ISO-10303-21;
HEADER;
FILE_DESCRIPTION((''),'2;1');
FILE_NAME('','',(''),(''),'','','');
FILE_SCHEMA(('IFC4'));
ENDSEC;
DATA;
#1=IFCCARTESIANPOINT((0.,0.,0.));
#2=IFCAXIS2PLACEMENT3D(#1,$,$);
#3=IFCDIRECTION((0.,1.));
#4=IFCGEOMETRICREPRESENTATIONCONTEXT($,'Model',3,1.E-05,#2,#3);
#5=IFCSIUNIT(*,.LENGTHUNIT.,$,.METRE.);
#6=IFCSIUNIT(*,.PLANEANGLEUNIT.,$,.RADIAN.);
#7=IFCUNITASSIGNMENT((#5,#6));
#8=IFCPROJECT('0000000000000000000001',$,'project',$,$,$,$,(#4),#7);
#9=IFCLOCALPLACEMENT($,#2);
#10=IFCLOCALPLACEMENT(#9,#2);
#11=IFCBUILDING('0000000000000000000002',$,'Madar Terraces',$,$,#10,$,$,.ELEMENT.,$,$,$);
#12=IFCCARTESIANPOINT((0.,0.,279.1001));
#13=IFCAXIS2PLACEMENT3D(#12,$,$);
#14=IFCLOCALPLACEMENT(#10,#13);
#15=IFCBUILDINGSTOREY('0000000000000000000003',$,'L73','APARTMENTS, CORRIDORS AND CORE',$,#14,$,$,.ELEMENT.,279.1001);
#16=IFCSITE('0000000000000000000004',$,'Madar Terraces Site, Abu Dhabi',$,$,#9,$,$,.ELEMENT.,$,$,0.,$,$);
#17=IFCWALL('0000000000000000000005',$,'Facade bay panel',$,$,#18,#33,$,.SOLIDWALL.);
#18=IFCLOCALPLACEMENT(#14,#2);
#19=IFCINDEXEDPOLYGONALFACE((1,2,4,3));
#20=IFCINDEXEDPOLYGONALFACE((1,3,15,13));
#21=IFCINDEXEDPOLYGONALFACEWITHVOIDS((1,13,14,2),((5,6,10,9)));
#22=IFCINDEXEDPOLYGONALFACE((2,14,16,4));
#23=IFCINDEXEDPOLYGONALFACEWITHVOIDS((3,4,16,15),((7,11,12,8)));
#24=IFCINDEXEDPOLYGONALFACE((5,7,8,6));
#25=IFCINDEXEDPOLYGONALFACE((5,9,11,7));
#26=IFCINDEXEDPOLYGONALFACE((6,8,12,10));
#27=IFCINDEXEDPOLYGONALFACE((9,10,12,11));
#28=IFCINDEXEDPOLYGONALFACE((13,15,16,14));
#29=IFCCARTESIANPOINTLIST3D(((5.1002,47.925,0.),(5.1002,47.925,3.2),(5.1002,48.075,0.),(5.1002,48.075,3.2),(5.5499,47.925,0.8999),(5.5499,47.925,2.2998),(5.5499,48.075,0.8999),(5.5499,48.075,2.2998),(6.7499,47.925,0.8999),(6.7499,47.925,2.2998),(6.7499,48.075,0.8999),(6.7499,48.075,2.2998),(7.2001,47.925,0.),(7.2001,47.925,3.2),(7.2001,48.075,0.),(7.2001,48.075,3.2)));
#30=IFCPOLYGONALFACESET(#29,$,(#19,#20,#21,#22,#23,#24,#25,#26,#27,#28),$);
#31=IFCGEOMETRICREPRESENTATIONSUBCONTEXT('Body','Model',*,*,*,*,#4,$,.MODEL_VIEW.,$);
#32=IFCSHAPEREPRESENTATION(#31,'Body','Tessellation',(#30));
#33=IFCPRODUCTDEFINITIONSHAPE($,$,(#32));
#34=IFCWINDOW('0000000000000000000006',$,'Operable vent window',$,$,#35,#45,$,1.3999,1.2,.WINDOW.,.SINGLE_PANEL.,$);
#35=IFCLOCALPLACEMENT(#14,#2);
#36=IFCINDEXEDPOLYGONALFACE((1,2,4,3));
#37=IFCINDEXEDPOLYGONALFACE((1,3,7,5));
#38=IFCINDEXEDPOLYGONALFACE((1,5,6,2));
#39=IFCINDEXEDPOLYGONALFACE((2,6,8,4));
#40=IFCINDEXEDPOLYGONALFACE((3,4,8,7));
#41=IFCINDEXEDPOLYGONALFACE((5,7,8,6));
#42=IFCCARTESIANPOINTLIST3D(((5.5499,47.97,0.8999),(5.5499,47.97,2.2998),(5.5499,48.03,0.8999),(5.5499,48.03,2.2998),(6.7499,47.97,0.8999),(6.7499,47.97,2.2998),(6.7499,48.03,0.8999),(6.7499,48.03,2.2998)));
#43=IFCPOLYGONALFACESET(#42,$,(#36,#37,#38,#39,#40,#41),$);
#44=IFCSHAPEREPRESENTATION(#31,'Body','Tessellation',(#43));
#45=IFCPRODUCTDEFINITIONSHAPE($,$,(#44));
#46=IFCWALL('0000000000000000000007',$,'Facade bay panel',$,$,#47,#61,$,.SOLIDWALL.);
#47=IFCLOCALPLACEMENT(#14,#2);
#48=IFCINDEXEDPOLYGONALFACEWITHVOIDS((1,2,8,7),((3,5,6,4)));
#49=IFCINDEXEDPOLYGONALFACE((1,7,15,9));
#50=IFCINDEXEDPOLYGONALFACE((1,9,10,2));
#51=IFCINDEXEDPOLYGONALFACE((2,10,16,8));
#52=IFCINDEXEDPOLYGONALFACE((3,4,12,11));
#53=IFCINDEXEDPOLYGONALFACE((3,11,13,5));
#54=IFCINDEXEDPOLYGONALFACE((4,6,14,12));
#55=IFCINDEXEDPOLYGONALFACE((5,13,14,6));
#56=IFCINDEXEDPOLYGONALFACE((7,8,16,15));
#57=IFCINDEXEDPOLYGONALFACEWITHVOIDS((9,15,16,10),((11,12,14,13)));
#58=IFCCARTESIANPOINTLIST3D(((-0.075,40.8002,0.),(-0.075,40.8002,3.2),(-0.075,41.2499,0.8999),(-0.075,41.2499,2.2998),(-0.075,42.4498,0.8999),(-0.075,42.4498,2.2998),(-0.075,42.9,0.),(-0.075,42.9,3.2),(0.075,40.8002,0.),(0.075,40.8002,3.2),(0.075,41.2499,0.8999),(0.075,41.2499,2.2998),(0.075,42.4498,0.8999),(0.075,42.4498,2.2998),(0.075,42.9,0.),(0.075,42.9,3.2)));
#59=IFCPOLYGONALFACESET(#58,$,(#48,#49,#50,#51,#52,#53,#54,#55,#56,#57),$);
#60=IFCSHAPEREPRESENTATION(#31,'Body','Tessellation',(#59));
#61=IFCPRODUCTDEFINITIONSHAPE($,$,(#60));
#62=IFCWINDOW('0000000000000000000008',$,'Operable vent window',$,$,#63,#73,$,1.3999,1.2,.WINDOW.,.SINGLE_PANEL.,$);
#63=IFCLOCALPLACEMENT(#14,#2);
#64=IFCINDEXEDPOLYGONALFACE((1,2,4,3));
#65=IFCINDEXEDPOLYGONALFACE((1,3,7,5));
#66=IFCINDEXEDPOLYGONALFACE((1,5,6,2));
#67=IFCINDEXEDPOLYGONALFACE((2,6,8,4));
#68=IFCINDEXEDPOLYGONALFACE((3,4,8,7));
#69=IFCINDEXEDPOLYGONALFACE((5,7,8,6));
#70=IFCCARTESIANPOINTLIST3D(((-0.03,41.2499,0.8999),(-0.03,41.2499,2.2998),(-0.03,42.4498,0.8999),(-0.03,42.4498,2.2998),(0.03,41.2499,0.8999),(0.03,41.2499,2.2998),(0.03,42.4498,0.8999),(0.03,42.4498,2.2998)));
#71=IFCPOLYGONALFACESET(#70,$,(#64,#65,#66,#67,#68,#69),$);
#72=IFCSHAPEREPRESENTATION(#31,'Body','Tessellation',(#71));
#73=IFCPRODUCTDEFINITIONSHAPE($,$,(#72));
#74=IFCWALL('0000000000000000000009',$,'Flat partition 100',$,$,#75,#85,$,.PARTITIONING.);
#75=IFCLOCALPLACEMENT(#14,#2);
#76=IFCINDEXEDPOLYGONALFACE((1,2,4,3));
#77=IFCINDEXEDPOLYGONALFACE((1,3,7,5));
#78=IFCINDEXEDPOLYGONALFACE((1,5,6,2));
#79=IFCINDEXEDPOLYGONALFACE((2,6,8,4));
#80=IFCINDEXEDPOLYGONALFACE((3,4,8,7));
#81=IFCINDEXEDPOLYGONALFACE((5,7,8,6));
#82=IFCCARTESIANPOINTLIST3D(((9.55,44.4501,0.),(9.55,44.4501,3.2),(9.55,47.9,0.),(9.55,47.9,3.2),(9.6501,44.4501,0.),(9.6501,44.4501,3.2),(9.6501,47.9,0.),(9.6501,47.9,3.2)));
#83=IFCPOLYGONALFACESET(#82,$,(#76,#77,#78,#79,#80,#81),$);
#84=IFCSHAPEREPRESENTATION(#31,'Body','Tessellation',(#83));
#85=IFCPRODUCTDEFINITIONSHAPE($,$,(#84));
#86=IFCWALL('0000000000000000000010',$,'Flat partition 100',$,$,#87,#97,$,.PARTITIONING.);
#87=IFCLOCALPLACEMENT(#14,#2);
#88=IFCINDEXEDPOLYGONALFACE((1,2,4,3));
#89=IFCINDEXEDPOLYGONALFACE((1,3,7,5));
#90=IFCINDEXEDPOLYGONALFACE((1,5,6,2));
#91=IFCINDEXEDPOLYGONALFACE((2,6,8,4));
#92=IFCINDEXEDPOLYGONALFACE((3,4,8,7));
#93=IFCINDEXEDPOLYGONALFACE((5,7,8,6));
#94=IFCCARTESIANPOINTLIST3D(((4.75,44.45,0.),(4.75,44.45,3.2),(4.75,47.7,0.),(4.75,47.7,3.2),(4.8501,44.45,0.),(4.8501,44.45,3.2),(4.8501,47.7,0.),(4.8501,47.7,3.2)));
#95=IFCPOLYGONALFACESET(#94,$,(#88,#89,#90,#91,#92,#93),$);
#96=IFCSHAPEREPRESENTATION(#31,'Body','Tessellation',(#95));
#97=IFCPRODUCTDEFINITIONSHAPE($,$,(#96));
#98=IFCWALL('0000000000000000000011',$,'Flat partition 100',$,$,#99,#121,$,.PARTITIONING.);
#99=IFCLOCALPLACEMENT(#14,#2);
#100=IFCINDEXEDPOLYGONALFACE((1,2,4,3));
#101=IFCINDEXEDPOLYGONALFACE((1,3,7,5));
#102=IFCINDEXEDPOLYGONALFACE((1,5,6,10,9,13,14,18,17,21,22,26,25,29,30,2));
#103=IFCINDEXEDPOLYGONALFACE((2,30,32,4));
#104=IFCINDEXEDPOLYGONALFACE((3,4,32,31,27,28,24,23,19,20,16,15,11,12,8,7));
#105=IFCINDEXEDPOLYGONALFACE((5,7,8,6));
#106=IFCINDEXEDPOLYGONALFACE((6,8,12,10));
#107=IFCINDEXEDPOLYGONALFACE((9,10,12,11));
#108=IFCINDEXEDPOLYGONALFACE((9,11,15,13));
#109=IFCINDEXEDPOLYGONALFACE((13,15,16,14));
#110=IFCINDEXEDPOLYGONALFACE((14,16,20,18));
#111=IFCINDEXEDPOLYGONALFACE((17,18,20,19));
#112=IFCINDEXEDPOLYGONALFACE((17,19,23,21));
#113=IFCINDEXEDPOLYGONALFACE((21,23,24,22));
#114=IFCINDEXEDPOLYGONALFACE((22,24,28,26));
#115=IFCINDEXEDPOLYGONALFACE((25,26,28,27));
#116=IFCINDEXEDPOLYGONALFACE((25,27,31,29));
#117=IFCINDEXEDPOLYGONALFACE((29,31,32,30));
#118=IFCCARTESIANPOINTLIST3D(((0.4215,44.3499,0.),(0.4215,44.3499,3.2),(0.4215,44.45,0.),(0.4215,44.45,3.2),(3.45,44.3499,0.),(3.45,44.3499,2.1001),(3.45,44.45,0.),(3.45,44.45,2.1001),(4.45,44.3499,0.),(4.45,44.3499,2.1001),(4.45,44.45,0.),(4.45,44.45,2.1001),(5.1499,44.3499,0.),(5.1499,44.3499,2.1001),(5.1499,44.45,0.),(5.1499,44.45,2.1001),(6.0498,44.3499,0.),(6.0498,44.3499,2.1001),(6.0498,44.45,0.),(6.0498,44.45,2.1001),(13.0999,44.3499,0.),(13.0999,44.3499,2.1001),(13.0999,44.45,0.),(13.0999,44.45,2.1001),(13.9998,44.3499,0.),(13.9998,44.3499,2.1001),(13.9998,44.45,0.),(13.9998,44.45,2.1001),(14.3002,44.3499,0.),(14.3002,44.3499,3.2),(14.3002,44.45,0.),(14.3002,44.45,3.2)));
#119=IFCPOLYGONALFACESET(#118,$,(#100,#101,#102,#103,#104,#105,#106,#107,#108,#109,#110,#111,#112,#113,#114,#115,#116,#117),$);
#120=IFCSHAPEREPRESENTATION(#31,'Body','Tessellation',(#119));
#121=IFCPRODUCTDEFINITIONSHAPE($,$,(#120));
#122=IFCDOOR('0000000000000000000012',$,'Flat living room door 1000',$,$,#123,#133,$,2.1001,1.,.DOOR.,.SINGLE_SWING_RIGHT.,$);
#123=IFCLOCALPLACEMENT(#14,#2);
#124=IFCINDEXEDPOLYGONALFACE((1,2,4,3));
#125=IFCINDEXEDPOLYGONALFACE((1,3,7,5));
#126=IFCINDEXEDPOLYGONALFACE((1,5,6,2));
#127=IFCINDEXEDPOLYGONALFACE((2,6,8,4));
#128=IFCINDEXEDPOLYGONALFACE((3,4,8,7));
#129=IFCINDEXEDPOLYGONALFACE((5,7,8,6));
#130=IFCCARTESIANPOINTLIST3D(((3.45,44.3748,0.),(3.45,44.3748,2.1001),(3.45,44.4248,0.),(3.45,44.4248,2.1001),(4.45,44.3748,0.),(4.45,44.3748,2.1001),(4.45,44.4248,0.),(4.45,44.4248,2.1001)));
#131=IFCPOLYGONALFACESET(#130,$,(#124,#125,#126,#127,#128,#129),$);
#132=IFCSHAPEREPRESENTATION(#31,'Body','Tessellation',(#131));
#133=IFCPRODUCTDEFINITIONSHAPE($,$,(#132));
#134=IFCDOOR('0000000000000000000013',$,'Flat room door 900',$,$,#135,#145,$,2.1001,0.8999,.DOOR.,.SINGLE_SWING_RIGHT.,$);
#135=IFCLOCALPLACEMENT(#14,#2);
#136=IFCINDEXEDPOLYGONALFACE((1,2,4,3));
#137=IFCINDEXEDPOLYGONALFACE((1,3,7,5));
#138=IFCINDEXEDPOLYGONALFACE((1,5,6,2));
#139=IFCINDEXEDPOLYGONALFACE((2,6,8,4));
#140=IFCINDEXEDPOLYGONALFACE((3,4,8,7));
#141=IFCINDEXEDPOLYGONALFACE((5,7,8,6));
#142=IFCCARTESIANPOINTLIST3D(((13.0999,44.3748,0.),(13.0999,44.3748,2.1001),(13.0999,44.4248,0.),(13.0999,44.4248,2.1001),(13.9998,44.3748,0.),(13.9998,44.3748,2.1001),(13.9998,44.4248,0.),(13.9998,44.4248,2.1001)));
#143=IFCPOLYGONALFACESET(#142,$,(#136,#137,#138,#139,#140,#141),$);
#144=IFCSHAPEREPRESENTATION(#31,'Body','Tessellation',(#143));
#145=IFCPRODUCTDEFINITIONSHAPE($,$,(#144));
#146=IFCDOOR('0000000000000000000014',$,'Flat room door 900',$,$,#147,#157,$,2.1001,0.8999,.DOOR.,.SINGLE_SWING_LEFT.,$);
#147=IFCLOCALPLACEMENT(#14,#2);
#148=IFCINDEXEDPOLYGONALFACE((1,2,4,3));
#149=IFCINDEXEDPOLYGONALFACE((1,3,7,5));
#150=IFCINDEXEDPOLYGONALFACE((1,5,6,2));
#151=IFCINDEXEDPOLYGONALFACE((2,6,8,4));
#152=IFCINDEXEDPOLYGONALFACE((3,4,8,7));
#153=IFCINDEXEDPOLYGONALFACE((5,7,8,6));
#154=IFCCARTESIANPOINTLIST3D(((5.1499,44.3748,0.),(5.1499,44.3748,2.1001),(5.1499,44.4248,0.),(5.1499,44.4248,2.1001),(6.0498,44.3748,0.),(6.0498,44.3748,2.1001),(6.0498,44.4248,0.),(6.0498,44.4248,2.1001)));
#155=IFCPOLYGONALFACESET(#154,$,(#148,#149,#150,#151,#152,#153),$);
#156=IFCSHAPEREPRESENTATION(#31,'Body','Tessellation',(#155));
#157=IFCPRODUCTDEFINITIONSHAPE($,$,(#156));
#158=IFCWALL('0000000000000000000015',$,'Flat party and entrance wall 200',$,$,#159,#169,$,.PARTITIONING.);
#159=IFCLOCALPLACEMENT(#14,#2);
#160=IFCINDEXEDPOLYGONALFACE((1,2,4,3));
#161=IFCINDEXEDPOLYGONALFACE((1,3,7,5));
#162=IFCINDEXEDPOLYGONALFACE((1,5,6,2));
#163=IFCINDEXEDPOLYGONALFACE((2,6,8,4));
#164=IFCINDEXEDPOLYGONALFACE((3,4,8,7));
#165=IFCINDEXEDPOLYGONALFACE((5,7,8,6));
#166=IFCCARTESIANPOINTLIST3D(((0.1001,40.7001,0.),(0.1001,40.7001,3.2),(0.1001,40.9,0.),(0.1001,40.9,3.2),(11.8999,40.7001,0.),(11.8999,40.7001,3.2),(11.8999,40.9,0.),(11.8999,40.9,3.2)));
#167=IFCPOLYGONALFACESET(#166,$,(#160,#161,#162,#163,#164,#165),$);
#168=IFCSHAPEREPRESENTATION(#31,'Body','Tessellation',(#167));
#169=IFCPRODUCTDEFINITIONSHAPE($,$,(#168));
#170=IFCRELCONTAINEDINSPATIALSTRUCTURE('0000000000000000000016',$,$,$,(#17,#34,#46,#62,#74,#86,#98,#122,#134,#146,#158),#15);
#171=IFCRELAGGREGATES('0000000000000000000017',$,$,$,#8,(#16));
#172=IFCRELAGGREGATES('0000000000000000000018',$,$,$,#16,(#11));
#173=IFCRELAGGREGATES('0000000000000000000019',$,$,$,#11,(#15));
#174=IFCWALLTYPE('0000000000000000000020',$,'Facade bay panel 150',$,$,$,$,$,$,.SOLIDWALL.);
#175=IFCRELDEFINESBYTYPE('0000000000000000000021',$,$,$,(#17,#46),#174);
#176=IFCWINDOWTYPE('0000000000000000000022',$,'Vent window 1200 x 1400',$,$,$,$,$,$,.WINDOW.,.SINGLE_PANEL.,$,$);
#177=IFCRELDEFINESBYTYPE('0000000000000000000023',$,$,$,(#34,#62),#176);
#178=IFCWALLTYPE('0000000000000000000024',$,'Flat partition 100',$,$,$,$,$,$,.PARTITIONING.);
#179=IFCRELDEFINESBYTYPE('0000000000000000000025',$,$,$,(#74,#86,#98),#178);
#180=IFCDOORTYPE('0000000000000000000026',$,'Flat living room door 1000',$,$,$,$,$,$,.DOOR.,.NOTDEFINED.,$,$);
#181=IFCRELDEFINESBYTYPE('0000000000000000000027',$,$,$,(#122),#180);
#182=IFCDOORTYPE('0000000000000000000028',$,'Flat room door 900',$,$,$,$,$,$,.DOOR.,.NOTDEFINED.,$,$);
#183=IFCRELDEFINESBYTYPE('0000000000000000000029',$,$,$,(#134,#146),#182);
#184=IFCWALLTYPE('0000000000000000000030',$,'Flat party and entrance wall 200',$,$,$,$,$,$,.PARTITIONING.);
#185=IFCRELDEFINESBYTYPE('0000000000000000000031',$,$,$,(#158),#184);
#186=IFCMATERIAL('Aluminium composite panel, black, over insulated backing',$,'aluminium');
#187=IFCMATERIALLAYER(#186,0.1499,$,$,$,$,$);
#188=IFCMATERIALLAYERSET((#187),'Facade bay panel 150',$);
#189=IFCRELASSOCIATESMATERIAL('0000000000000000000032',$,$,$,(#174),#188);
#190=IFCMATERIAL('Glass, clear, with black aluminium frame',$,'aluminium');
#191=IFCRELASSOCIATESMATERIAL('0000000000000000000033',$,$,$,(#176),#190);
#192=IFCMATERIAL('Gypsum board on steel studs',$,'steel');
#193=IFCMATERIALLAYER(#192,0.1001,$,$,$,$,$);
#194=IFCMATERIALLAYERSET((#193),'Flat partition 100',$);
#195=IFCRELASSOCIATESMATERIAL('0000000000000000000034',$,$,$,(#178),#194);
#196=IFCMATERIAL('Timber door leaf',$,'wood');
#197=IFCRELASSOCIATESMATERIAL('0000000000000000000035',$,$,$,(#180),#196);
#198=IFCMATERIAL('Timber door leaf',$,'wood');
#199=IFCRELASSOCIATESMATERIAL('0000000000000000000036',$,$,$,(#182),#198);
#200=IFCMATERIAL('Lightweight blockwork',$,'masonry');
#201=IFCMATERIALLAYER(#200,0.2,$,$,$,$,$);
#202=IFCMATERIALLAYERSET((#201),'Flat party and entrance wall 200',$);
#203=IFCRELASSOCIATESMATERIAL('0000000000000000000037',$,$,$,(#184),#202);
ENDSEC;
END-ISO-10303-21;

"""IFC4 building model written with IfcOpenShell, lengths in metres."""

from ifc_helpers import new_model, si_unit, direction, frame, frame_2d, origin, place, context, subcontext, project, spatial, rectangle, extrude, material, layer, layer_set, type_object, element, fill, save


model = new_model("IFC4")

# Units and contexts
model_context = context("Model", 3, precision=1e-05, world=origin(), true_north=direction((0.0, 1.0)))
body_context = subcontext(model_context, "Body", "Model", "MODEL_VIEW")
ifc_project = project(units=[si_unit("LENGTHUNIT", "METRE"), si_unit("PLANEANGLEUNIT", "RADIAN")], contexts=[model_context])

# Site, building, storey
site_placement = place(None, origin())
site = spatial("IfcSite", under=ifc_project, at=site_placement, Name="Madar Terraces Site, Abu Dhabi", CompositionType="ELEMENT", RefElevation=0.0)
building_placement = place(site_placement, origin())
building = spatial("IfcBuilding", under=site, at=building_placement, Name="Madar Terraces", CompositionType="ELEMENT")
storey_placement = place(building_placement, frame((0.0, 0.0, 279.1001)))
storey = spatial("IfcBuildingStorey", under=building, at=storey_placement, Name="L73", Description="APARTMENTS, CORRIDORS AND CORE", CompositionType="ELEMENT", Elevation=279.1001)

# Walls, openings, windows
ifc_material_1 = material(Name="Aluminium composite panel, black, over insulated backing", Category="aluminium")
ifc_layer_1 = layer(ifc_material_1, 0.1499)
ifc_layer_set_1 = layer_set([ifc_layer_1], Name="Facade bay panel 150")
wall_type_1 = type_object("IfcWallType", Name="Facade bay panel 150", PredefinedType="SOLIDWALL", material=ifc_layer_set_1)
wall_1_placement = place(storey_placement, frame((7.2, 48.0, 0.0), z_axis=(0.0, 0.0, 1.0), x_axis=(-1.0, 0.0, 0.0)))
wall_1 = element("IfcWall", 1, at=wall_1_placement, inside=storey, type_object=wall_type_1, Name="Facade bay panel", PredefinedType="SOLIDWALL", context=body_context, shape_type="SweptSolid", body=[
    extrude(rectangle(XDim=2.0999, YDim=0.1499, at=frame_2d((1.0498, 0.0))), origin(), (0.0, 0.0, 1.0), 3.2),
])
opening_1_placement = place(wall_1_placement, frame((0.45, 0.0, 0.8999)))
opening_1 = element("IfcOpeningElement", 2, at=opening_1_placement, cuts=wall_1, PredefinedType="OPENING", context=body_context, shape_type="SweptSolid", body=[
    extrude(rectangle(XDim=1.2, YDim=1.3999, at=frame_2d((0.6001, 0.7))), frame((0.0, 0.085, 0.0), z_axis=(0.0, -1.0, 0.0), x_axis=(1.0, 0.0, 0.0)), (0.0, 0.0, 1.0), 0.1699),
])
ifc_material_2 = material(Name="Glass, clear, with black aluminium frame", Category="aluminium")
window_type = type_object("IfcWindowType", Name="Vent window 1200 x 1400", PartitioningType="SINGLE_PANEL", PredefinedType="WINDOW", material=ifc_material_2)
window_1_placement = place(opening_1_placement, origin())
window_1 = element("IfcWindow", 3, at=window_1_placement, inside=storey, type_object=window_type, Name="Operable vent window", OverallHeight=1.3999, OverallWidth=1.2, PartitioningType="SINGLE_PANEL", PredefinedType="WINDOW", context=body_context, shape_type="SweptSolid", body=[
    extrude(rectangle(XDim=1.2, YDim=1.3999, at=frame_2d((0.6001, 0.7))), frame((0.0, 0.03, 0.0), z_axis=(0.0, -1.0, 0.0), x_axis=(1.0, 0.0, 0.0)), (0.0, 0.0, 1.0), 0.0601),
])
fill(opening_1, window_1)
wall_2_placement = place(storey_placement, frame((0.0, 42.8999, 0.0), z_axis=(0.0, 0.0, 1.0), x_axis=(0.0, -1.0, 0.0)))
wall_2 = element("IfcWall", 4, at=wall_2_placement, inside=storey, type_object=wall_type_1, Name="Facade bay panel", PredefinedType="SOLIDWALL", context=body_context, shape_type="SweptSolid", body=[
    extrude(rectangle(XDim=2.0999, YDim=0.1499, at=frame_2d((1.0498, 0.0))), origin(), (0.0, 0.0, 1.0), 3.2),
])
opening_2_placement = place(wall_2_placement, frame((0.45, 0.0, 0.8999)))
opening_2 = element("IfcOpeningElement", 5, at=opening_2_placement, cuts=wall_2, PredefinedType="OPENING", context=body_context, shape_type="SweptSolid", body=[
    extrude(rectangle(XDim=1.2, YDim=1.3999, at=frame_2d((0.6001, 0.7))), frame((0.0, 0.085, 0.0), z_axis=(0.0, -1.0, 0.0), x_axis=(1.0, 0.0, 0.0)), (0.0, 0.0, 1.0), 0.1699),
])
window_2_placement = place(opening_2_placement, origin())
window_2 = element("IfcWindow", 6, at=window_2_placement, inside=storey, type_object=window_type, Name="Operable vent window", OverallHeight=1.3999, OverallWidth=1.2, PartitioningType="SINGLE_PANEL", PredefinedType="WINDOW", context=body_context, shape_type="SweptSolid", body=[
    extrude(rectangle(XDim=1.2, YDim=1.3999, at=frame_2d((0.6001, 0.7))), frame((0.0, 0.03, 0.0), z_axis=(0.0, -1.0, 0.0), x_axis=(1.0, 0.0, 0.0)), (0.0, 0.0, 1.0), 0.0601),
])
fill(opening_2, window_2)

# Walls
ifc_material_3 = material(Name="Gypsum board on steel studs", Category="steel")
ifc_layer_2 = layer(ifc_material_3, 0.1001)
ifc_layer_set_2 = layer_set([ifc_layer_2], Name="Flat partition 100")
wall_type_2 = type_object("IfcWallType", Name="Flat partition 100", PredefinedType="PARTITIONING", material=ifc_layer_set_2)
wall_3_placement = place(storey_placement, frame((9.6001, 44.45, 0.0), z_axis=(0.0, 0.0, 1.0), x_axis=(0.0, 1.0, 0.0)))
element("IfcWall", 7, at=wall_3_placement, inside=storey, type_object=wall_type_2, Name="Flat partition 100", PredefinedType="PARTITIONING", context=body_context, shape_type="SweptSolid", body=[
    extrude(rectangle(XDim=3.45, YDim=0.1001, at=frame_2d((1.7251, 0.0))), origin(), (0.0, 0.0, 1.0), 3.2),
])
wall_4_placement = place(storey_placement, frame((4.8, 44.45, 0.0), z_axis=(0.0, 0.0, 1.0), x_axis=(0.0, 1.0, 0.0)))
element("IfcWall", 8, at=wall_4_placement, inside=storey, type_object=wall_type_2, Name="Flat partition 100", PredefinedType="PARTITIONING", context=body_context, shape_type="SweptSolid", body=[
    extrude(rectangle(XDim=3.25, YDim=0.1001, at=frame_2d((1.625, 0.0))), origin(), (0.0, 0.0, 1.0), 3.2),
])

# Wall, openings, doors
wall_5_placement = place(storey_placement, frame((0.4214, 44.3999, 0.0), z_axis=(0.0, 0.0, 1.0), x_axis=(1.0, 0.0, 0.0)))
wall_5 = element("IfcWall", 9, at=wall_5_placement, inside=storey, type_object=wall_type_2, Name="Flat partition 100", PredefinedType="PARTITIONING", context=body_context, shape_type="SweptSolid", body=[
    extrude(rectangle(XDim=13.8787, YDim=0.1001, at=frame_2d((6.9395, 0.0))), origin(), (0.0, 0.0, 1.0), 3.2),
])
opening_3_placement = place(wall_5_placement, frame((12.6785, 0.0, 0.0)))
opening_3 = element("IfcOpeningElement", 10, at=opening_3_placement, cuts=wall_5, PredefinedType="OPENING", context=body_context, shape_type="SweptSolid", body=[
    extrude(rectangle(XDim=0.8999, YDim=2.1001, at=frame_2d((0.45, 1.05))), frame((0.0, 0.0601, 0.0), z_axis=(0.0, -1.0, 0.0), x_axis=(1.0, 0.0, 0.0)), (0.0, 0.0, 1.0), 0.1201),
])
opening_4_placement = place(wall_5_placement, frame((4.7285, 0.0, 0.0)))
opening_4 = element("IfcOpeningElement", 11, at=opening_4_placement, cuts=wall_5, PredefinedType="OPENING", context=body_context, shape_type="SweptSolid", body=[
    extrude(rectangle(XDim=0.8999, YDim=2.1001, at=frame_2d((0.45, 1.05))), frame((0.0, 0.0601, 0.0), z_axis=(0.0, -1.0, 0.0), x_axis=(1.0, 0.0, 0.0)), (0.0, 0.0, 1.0), 0.1201),
])
opening_5_placement = place(wall_5_placement, frame((3.0286, 0.0, 0.0)))
opening_5 = element("IfcOpeningElement", 12, at=opening_5_placement, cuts=wall_5, PredefinedType="OPENING", context=body_context, shape_type="SweptSolid", body=[
    extrude(rectangle(XDim=1.0, YDim=2.1001, at=frame_2d((0.5, 1.05))), frame((0.0, 0.0601, 0.0), z_axis=(0.0, -1.0, 0.0), x_axis=(1.0, 0.0, 0.0)), (0.0, 0.0, 1.0), 0.1201),
])
ifc_material_4 = material(Name="Timber door leaf", Category="wood")
door_type_1 = type_object("IfcDoorType", Name="Flat living room door 1000", OperationType="NOTDEFINED", PredefinedType="DOOR", material=ifc_material_4)
door_1_placement = place(opening_5_placement, origin())
door_1 = element("IfcDoor", 13, at=door_1_placement, inside=storey, type_object=door_type_1, Name="Flat living room door 1000", OperationType="SINGLE_SWING_RIGHT", OverallHeight=2.1001, OverallWidth=1.0, PredefinedType="DOOR", context=body_context, shape_type="SweptSolid", body=[
    extrude(rectangle(XDim=1.0, YDim=2.1001, at=frame_2d((0.5, 1.05))), frame((0.0, 0.0249, 0.0), z_axis=(0.0, -1.0, 0.0), x_axis=(1.0, 0.0, 0.0)), (0.0, 0.0, 1.0), 0.05),
])
fill(opening_5, door_1)
ifc_material_5 = material(Name="Timber door leaf", Category="wood")
door_type_2 = type_object("IfcDoorType", Name="Flat room door 900", OperationType="NOTDEFINED", PredefinedType="DOOR", material=ifc_material_5)
door_2_placement = place(opening_3_placement, origin())
door_2 = element("IfcDoor", 14, at=door_2_placement, inside=storey, type_object=door_type_2, Name="Flat room door 900", OperationType="SINGLE_SWING_RIGHT", OverallHeight=2.1001, OverallWidth=0.8999, PredefinedType="DOOR", context=body_context, shape_type="SweptSolid", body=[
    extrude(rectangle(XDim=0.8999, YDim=2.1001, at=frame_2d((0.45, 1.05))), frame((0.0, 0.0249, 0.0), z_axis=(0.0, -1.0, 0.0), x_axis=(1.0, 0.0, 0.0)), (0.0, 0.0, 1.0), 0.05),
])
fill(opening_3, door_2)
door_3_placement = place(opening_4_placement, origin())
door_3 = element("IfcDoor", 15, at=door_3_placement, inside=storey, type_object=door_type_2, Name="Flat room door 900", OperationType="SINGLE_SWING_LEFT", OverallHeight=2.1001, OverallWidth=0.8999, PredefinedType="DOOR", context=body_context, shape_type="SweptSolid", body=[
    extrude(rectangle(XDim=0.8999, YDim=2.1001, at=frame_2d((0.45, 1.05))), frame((0.0, 0.0249, 0.0), z_axis=(0.0, -1.0, 0.0), x_axis=(1.0, 0.0, 0.0)), (0.0, 0.0, 1.0), 0.05),
])
fill(opening_4, door_3)

# Wall
ifc_material_6 = material(Name="Lightweight blockwork", Category="masonry")
ifc_layer_3 = layer(ifc_material_6, 0.2)
ifc_layer_set_3 = layer_set([ifc_layer_3], Name="Flat party and entrance wall 200")
wall_type_3 = type_object("IfcWallType", Name="Flat party and entrance wall 200", PredefinedType="PARTITIONING", material=ifc_layer_set_3)
wall_6_placement = place(storey_placement, frame((0.1001, 40.8, 0.0), z_axis=(0.0, 0.0, 1.0), x_axis=(1.0, 0.0, 0.0)))
element("IfcWall", 16, at=wall_6_placement, inside=storey, type_object=wall_type_3, Name="Flat party and entrance wall 200", PredefinedType="PARTITIONING", context=body_context, shape_type="SweptSolid", body=[
    extrude(rectangle(XDim=11.7998, YDim=0.2, at=frame_2d((5.8999, 0.0))), origin(), (0.0, 0.0, 1.0), 3.2),
])

save(model, "model.ifc")
